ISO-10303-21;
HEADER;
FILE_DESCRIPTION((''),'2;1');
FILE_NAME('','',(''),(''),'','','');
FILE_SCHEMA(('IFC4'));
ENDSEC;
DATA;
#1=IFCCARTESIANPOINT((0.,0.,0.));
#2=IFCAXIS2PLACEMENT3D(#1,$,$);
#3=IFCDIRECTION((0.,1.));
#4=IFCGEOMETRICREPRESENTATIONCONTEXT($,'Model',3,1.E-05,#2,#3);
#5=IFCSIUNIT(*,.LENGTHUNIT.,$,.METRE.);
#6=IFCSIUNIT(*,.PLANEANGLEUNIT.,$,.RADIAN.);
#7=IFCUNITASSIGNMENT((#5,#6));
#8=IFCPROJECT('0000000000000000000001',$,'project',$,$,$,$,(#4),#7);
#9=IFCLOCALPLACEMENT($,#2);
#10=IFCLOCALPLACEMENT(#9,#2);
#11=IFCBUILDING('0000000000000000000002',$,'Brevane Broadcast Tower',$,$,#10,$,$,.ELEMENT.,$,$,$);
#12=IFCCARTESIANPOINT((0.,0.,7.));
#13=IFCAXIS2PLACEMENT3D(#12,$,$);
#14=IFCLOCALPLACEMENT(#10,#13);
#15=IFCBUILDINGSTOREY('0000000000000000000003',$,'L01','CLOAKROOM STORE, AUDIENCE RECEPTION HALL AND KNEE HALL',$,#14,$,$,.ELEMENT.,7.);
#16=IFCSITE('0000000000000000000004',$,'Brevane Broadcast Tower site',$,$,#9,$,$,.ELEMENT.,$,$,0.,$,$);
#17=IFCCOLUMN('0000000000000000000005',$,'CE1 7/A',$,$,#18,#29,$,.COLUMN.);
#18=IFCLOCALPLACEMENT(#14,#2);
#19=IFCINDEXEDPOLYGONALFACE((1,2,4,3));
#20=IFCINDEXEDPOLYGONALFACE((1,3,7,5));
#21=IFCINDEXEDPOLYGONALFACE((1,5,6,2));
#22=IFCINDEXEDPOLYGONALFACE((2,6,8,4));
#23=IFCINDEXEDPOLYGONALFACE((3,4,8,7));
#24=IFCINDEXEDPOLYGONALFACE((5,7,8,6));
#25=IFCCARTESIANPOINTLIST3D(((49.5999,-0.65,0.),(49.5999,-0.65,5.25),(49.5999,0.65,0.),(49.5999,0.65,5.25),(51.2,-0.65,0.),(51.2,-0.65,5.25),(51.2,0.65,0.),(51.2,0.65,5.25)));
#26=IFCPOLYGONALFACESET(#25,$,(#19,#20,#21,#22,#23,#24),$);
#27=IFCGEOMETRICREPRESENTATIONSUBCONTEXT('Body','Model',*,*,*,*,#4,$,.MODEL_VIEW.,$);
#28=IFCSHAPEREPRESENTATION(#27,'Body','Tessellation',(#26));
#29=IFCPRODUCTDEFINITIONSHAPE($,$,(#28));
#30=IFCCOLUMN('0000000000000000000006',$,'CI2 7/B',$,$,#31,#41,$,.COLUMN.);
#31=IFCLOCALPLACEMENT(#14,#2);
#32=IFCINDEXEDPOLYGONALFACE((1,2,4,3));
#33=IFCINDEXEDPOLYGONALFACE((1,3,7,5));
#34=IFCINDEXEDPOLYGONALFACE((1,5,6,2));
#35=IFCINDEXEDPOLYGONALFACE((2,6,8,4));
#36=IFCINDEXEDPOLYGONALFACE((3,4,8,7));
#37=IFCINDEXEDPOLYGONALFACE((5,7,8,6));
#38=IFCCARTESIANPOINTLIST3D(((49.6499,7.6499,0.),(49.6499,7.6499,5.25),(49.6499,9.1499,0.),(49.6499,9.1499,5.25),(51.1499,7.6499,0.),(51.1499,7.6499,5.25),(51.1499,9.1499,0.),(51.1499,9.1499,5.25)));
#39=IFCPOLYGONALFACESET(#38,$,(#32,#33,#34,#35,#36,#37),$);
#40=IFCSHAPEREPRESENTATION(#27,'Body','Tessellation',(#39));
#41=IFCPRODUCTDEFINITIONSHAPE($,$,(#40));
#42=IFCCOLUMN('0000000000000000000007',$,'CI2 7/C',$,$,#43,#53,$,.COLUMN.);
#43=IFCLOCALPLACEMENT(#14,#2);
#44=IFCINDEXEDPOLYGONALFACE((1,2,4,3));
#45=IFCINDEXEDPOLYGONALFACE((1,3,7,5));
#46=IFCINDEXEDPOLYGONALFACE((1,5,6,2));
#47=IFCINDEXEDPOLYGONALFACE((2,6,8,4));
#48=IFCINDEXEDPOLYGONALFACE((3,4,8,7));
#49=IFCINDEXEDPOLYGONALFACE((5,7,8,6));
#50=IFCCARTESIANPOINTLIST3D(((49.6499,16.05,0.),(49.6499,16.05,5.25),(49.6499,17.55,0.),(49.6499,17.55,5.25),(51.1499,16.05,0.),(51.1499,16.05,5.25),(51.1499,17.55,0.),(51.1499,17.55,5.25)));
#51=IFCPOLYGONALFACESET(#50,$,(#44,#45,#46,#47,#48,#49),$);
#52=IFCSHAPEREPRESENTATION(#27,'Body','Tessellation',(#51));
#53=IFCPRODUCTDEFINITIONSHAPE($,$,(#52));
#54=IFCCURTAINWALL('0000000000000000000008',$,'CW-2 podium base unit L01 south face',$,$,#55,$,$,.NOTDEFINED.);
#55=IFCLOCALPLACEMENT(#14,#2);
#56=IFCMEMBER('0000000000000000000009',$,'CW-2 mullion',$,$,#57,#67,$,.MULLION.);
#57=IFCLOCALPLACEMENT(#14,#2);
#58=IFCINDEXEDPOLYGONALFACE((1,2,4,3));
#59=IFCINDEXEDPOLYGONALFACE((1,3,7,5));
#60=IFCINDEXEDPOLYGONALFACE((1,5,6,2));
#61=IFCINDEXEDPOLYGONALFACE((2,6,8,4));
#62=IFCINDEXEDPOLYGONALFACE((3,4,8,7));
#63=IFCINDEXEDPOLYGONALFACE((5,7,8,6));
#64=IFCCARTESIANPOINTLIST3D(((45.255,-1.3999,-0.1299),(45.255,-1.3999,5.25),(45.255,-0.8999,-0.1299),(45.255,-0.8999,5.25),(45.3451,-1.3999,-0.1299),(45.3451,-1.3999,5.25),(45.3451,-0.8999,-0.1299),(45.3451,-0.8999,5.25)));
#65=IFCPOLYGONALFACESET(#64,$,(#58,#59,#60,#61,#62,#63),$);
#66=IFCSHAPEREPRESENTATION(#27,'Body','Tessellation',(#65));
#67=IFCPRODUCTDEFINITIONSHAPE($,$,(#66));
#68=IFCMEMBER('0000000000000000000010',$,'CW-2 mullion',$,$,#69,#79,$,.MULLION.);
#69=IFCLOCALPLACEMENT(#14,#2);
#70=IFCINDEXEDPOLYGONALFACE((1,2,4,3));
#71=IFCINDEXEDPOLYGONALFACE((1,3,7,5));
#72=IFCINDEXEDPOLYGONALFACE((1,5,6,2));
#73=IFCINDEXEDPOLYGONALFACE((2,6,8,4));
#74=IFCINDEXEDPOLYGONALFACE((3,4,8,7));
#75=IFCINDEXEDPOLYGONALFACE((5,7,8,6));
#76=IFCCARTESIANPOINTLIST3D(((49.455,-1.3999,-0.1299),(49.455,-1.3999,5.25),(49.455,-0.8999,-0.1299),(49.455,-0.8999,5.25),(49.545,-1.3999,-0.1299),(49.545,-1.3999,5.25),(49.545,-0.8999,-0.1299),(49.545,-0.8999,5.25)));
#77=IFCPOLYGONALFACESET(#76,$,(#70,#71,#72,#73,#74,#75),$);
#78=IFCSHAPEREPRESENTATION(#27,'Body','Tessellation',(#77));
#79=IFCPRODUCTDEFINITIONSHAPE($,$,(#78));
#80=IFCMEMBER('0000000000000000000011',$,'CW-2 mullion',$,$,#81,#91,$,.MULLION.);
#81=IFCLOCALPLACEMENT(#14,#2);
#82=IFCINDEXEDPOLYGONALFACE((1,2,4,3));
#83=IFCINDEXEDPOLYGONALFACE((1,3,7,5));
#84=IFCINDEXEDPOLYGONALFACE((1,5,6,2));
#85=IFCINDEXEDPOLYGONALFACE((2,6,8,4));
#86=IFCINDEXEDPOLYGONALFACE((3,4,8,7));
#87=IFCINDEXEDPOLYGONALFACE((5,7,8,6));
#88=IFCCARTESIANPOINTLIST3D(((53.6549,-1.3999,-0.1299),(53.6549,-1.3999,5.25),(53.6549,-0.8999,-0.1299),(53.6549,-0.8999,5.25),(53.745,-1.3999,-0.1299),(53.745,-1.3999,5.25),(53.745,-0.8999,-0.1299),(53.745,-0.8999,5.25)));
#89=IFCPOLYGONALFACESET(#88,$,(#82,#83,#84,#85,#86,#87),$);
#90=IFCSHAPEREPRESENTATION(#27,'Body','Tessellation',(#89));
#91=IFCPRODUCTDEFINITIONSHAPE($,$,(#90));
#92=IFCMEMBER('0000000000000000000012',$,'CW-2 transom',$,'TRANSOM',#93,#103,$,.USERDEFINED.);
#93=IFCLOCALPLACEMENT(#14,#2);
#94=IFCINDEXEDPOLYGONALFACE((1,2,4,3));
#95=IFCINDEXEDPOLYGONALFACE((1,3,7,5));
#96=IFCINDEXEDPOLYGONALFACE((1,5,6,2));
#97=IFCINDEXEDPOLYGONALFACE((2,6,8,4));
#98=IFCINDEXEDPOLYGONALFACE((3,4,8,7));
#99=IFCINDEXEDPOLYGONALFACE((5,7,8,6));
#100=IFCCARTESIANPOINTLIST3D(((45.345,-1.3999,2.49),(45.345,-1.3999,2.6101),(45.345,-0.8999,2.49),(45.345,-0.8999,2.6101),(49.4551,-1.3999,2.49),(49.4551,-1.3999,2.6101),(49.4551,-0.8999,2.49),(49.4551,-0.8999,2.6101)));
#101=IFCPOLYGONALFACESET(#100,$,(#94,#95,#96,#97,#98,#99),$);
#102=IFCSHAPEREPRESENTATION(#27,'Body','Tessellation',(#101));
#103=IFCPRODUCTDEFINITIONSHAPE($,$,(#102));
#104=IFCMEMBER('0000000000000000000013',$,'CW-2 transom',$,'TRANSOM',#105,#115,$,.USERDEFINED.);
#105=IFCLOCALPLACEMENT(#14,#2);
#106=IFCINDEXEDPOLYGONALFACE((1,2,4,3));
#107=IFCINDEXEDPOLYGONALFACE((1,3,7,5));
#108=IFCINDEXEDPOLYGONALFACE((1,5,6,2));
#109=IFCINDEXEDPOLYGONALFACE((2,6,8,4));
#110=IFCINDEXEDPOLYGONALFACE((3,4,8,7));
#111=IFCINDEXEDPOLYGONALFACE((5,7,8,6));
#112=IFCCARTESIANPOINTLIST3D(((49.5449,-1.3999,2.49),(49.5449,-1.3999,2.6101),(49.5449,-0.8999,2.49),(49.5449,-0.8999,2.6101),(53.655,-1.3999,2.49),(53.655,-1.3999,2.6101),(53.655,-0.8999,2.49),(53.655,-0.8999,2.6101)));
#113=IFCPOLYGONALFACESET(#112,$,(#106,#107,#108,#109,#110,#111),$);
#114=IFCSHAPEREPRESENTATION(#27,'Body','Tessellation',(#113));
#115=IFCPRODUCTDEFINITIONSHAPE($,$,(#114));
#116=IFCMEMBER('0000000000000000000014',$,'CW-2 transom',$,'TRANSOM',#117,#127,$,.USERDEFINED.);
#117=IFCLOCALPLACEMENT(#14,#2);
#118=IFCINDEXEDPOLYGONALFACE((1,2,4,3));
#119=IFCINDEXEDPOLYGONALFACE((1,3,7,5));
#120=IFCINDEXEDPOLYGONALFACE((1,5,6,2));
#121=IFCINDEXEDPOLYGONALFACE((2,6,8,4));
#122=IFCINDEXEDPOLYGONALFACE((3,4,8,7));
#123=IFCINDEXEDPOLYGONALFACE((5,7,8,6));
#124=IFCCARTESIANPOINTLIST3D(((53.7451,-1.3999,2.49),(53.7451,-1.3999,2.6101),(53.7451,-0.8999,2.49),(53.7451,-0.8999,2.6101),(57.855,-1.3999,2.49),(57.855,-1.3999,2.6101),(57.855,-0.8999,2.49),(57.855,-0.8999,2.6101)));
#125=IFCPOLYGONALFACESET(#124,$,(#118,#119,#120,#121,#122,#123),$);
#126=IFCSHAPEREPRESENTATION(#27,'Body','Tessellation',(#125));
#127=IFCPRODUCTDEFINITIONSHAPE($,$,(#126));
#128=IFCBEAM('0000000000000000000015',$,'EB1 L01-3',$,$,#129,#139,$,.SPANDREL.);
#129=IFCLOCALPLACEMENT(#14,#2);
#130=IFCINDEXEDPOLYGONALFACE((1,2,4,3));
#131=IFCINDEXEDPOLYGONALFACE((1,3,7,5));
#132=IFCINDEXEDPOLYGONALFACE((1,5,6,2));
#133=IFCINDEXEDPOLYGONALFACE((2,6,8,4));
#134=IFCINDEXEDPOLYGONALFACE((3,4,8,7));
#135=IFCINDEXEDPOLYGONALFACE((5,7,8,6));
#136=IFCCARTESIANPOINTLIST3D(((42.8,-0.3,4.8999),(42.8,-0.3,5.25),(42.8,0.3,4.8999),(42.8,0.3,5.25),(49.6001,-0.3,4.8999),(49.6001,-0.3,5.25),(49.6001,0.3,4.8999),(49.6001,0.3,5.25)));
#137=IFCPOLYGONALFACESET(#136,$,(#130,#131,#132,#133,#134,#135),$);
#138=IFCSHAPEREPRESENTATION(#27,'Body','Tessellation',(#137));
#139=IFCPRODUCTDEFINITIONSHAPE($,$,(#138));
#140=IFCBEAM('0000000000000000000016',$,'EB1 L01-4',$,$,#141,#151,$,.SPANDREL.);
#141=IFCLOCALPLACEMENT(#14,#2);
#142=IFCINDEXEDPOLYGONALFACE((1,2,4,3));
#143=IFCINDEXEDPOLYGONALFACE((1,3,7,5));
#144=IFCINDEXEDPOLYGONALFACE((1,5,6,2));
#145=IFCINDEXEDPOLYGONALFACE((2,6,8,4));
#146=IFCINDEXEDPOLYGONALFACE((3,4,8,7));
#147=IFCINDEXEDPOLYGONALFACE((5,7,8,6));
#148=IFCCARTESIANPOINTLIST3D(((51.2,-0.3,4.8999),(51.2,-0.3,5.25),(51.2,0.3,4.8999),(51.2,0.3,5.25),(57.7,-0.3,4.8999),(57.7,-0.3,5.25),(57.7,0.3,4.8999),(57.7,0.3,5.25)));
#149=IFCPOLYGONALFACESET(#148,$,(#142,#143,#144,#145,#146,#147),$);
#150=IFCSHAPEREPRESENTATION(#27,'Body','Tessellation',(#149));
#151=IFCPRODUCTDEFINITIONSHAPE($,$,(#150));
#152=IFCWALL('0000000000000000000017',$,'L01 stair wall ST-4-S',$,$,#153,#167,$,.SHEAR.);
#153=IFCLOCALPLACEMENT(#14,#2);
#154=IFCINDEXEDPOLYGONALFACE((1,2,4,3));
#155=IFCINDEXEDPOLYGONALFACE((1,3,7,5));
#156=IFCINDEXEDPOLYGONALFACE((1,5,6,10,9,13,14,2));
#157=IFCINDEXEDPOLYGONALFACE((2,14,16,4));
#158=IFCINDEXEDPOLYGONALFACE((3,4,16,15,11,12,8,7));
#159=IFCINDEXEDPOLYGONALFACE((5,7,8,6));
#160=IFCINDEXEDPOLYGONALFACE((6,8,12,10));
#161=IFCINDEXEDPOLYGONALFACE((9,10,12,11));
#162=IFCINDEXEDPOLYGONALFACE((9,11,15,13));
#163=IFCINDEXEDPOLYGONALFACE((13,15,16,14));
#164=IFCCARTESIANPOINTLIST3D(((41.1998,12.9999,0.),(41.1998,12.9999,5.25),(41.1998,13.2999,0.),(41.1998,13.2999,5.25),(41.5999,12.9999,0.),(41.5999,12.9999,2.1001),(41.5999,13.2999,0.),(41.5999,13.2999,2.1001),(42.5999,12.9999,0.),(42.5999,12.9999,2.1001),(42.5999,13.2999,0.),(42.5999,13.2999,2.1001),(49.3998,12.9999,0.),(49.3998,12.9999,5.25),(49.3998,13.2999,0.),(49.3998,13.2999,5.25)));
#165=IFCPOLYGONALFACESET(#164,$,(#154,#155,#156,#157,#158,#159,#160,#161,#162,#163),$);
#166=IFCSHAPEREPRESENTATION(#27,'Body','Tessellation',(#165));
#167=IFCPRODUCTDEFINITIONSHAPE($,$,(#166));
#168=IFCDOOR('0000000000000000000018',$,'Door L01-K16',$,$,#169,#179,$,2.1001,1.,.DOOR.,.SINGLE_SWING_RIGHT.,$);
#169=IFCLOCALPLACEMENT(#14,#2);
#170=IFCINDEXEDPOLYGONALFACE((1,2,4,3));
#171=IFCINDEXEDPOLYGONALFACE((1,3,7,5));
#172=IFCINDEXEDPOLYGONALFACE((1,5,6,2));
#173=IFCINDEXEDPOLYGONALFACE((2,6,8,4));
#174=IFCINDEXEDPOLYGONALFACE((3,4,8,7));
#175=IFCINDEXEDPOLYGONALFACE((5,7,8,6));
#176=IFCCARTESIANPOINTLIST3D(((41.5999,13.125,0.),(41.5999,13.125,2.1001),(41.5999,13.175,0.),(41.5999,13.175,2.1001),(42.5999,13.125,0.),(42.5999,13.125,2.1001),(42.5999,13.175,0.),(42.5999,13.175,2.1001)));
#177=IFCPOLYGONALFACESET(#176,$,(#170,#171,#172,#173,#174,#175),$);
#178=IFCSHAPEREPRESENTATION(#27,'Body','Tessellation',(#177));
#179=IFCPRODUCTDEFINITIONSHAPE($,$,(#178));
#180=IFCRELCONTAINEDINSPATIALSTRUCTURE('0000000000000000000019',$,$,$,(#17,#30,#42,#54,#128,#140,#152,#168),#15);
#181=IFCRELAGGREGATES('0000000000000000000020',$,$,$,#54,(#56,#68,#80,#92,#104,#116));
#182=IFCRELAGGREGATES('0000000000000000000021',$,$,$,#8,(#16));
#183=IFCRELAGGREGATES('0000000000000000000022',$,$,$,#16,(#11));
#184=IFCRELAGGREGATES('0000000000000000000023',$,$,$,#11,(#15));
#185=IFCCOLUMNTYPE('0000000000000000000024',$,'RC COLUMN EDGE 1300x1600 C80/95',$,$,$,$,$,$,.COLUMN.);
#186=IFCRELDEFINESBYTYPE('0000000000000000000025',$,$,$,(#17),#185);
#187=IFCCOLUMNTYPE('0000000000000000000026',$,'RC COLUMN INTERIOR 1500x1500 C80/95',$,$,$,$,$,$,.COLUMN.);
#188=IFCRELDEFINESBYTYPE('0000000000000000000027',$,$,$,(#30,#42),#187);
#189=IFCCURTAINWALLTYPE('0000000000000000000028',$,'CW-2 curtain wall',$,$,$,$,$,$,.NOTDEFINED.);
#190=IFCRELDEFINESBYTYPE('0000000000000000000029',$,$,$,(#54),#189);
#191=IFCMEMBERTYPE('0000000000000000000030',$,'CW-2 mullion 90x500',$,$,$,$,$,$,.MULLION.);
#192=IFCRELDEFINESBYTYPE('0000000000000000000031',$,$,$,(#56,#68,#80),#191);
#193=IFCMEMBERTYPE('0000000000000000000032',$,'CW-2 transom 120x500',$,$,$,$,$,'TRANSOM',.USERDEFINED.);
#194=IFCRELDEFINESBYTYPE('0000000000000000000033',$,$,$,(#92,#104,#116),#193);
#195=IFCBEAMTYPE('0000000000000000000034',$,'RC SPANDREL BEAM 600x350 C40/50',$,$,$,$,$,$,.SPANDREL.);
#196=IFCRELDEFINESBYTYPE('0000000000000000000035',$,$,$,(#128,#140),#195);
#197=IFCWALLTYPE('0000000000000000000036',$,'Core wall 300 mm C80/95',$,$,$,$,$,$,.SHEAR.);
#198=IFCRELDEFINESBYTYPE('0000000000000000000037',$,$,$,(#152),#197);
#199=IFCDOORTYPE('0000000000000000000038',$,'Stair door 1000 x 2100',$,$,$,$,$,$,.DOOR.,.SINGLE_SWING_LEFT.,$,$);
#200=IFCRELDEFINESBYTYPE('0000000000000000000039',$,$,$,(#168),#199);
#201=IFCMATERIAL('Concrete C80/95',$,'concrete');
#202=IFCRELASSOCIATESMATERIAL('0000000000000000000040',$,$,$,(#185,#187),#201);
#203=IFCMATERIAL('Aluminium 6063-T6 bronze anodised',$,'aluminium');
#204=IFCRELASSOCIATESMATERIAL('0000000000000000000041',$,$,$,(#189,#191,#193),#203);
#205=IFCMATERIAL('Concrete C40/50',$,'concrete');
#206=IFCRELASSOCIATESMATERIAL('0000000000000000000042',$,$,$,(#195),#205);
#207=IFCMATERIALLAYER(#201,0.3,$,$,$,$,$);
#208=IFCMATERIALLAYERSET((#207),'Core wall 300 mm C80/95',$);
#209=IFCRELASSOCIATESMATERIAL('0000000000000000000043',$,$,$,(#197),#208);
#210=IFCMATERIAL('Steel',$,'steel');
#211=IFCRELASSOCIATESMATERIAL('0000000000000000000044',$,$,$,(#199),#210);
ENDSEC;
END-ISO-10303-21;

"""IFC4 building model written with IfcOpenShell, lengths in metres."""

from ifc_helpers import new_model, si_unit, direction, frame, frame_2d, origin, origin_2d, place, context, subcontext, project, spatial, rectangle, extrude, material, layer, layer_set, material_profile, profile_set, type_object, element, fill, aggregate, save


model = new_model("IFC4")

# Units and contexts
model_context = context("Model", 3, precision=1e-05, world=origin(), true_north=direction((0.0, 1.0)))
body_context = subcontext(model_context, "Body", "Model", "MODEL_VIEW")
ifc_project = project(units=[si_unit("LENGTHUNIT", "METRE"), si_unit("PLANEANGLEUNIT", "RADIAN")], contexts=[model_context])

# Site, building, storey
site_placement = place(None, origin())
site = spatial("IfcSite", under=ifc_project, at=site_placement, Name="Brevane Broadcast Tower site", CompositionType="ELEMENT", RefElevation=0.0)
building_placement = place(site_placement, origin())
building = spatial("IfcBuilding", under=site, at=building_placement, Name="Brevane Broadcast Tower", CompositionType="ELEMENT")
storey_placement = place(building_placement, frame((0.0, 0.0, 7.0)))
storey = spatial("IfcBuildingStorey", under=building, at=storey_placement, Name="L01", Description="CLOAKROOM STORE, AUDIENCE RECEPTION HALL AND KNEE HALL", CompositionType="ELEMENT", Elevation=7.0)

# Columns
ifc_material_1 = material(Name="Concrete C80/95", Category="concrete")
ifc_material_profile_1 = material_profile(ifc_material_1, rectangle(XDim=1.3, YDim=1.6001, at=origin_2d()), Name="RC 1300x1600")
ifc_profile_set_1 = profile_set([ifc_material_profile_1], Name="Concrete C80/95")
column_type_1 = type_object("IfcColumnType", Name="RC COLUMN EDGE 1300x1600 C80/95", PredefinedType="COLUMN", material=ifc_profile_set_1)
column_placement = place(storey_placement, frame((50.3999, 0.0, 0.0), z_axis=(0.0, 0.0, 1.0), x_axis=(0.0, 1.0, 0.0)))
element("IfcColumn", 1, at=column_placement, inside=storey, type_object=column_type_1, Name="CE1 7/A", PredefinedType="COLUMN", context=body_context, shape_type="SweptSolid", body=[
    extrude(rectangle(XDim=1.3, YDim=1.6001, at=origin_2d()), origin(), (0.0, 0.0, 1.0), 5.25),
])
ifc_material_profile_2 = material_profile(ifc_material_1, rectangle(XDim=1.5, YDim=1.5, at=origin_2d()), Name="RC 1500x1500")
ifc_profile_set_2 = profile_set([ifc_material_profile_2], Name="Concrete C80/95")
column_type_2 = type_object("IfcColumnType", Name="RC COLUMN INTERIOR 1500x1500 C80/95", PredefinedType="COLUMN", material=ifc_profile_set_2)
for number, where, z_axis, x_axis, name in (
    (2, (50.3999, 8.3999, 0.0), (0.0, 0.0, 1.0), (1.0, 0.0, 0.0), "CI2 7/B"),
    (3, (50.3999, 16.8, 0.0), (0.0, 0.0, 1.0), (1.0, 0.0, 0.0), "CI2 7/C"),
):
    element("IfcColumn", number, at=place(storey_placement, frame(where, z_axis=z_axis, x_axis=x_axis)), inside=storey, type_object=column_type_2, Name=name, PredefinedType="COLUMN", context=body_context, shape_type="SweptSolid", body=[
        extrude(rectangle(XDim=1.5, YDim=1.5, at=origin_2d()), origin(), (0.0, 0.0, 1.0), 5.25),
    ])

# Curtain wall, members
ifc_material_2 = material(Name="Aluminium 6063-T6 bronze anodised", Category="aluminium")
curtain_wall_type = type_object("IfcCurtainWallType", Name="CW-2 curtain wall", PredefinedType="NOTDEFINED", material=ifc_material_2)
curtain_wall_placement = place(storey_placement, origin())
curtain_wall = element("IfcCurtainWall", 4, at=curtain_wall_placement, inside=storey, type_object=curtain_wall_type, Name="CW-2 podium base unit L01 south face", PredefinedType="NOTDEFINED")
ifc_material_profile_3 = material_profile(ifc_material_2, rectangle(XDim=0.5, YDim=0.0901, at=origin_2d()), Name="RECT 90x500")
ifc_profile_set_3 = profile_set([ifc_material_profile_3], Name="Aluminium 6063-T6 bronze anodised")
member_type_1 = type_object("IfcMemberType", Name="CW-2 mullion 90x500", PredefinedType="MULLION", material=ifc_profile_set_3)
member_1_placement = place(storey_placement, frame((45.3, -1.1499, -0.1299), z_axis=(0.0, 0.0, 1.0), x_axis=(0.0, 1.0, 0.0)))
member_1 = element("IfcMember", 5, at=member_1_placement, type_object=member_type_1, Name="CW-2 mullion", PredefinedType="MULLION", context=body_context, shape_type="SweptSolid", body=[
    extrude(rectangle(XDim=0.5, YDim=0.0901, at=origin_2d()), origin(), (0.0, 0.0, 1.0), 5.3799),
])
member_2_placement = place(storey_placement, frame((49.5, -1.1499, -0.1299), z_axis=(0.0, 0.0, 1.0), x_axis=(0.0, 1.0, 0.0)))
member_2 = element("IfcMember", 6, at=member_2_placement, type_object=member_type_1, Name="CW-2 mullion", PredefinedType="MULLION", context=body_context, shape_type="SweptSolid", body=[
    extrude(rectangle(XDim=0.5, YDim=0.0901, at=origin_2d()), origin(), (0.0, 0.0, 1.0), 5.3799),
])
member_3_placement = place(storey_placement, frame((53.7, -1.1499, -0.1299), z_axis=(0.0, 0.0, 1.0), x_axis=(0.0, 1.0, 0.0)))
member_3 = element("IfcMember", 7, at=member_3_placement, type_object=member_type_1, Name="CW-2 mullion", PredefinedType="MULLION", context=body_context, shape_type="SweptSolid", body=[
    extrude(rectangle(XDim=0.5, YDim=0.0901, at=origin_2d()), origin(), (0.0, 0.0, 1.0), 5.3799),
])
ifc_material_profile_4 = material_profile(ifc_material_2, rectangle(XDim=0.5, YDim=0.1201, at=origin_2d()), Name="RECT 120x500")
ifc_profile_set_4 = profile_set([ifc_material_profile_4], Name="Aluminium 6063-T6 bronze anodised")
member_type_2 = type_object("IfcMemberType", Name="CW-2 transom 120x500", ElementType="TRANSOM", PredefinedType="USERDEFINED", material=ifc_profile_set_4)
member_4_placement = place(storey_placement, frame((45.345, -1.1499, 2.55), z_axis=(1.0, 0.0, 0.0), x_axis=(0.0, 1.0, 0.0)))
member_4 = element("IfcMember", 8, at=member_4_placement, type_object=member_type_2, Name="CW-2 transom", ObjectType="TRANSOM", PredefinedType="USERDEFINED", context=body_context, shape_type="SweptSolid", body=[
    extrude(rectangle(XDim=0.5, YDim=0.1201, at=origin_2d()), origin(), (0.0, 0.0, 1.0), 4.1101),
])
member_5_placement = place(storey_placement, frame((49.5449, -1.1499, 2.55), z_axis=(1.0, 0.0, 0.0), x_axis=(0.0, 1.0, 0.0)))
member_5 = element("IfcMember", 9, at=member_5_placement, type_object=member_type_2, Name="CW-2 transom", ObjectType="TRANSOM", PredefinedType="USERDEFINED", context=body_context, shape_type="SweptSolid", body=[
    extrude(rectangle(XDim=0.5, YDim=0.1201, at=origin_2d()), origin(), (0.0, 0.0, 1.0), 4.1101),
])
member_6_placement = place(storey_placement, frame((53.7451, -1.1499, 2.55), z_axis=(1.0, 0.0, 0.0), x_axis=(0.0, 1.0, 0.0)))
member_6 = element("IfcMember", 10, at=member_6_placement, type_object=member_type_2, Name="CW-2 transom", ObjectType="TRANSOM", PredefinedType="USERDEFINED", context=body_context, shape_type="SweptSolid", body=[
    extrude(rectangle(XDim=0.5, YDim=0.1201, at=origin_2d()), origin(), (0.0, 0.0, 1.0), 4.1099),
])
aggregate(curtain_wall, [member_1, member_2, member_3, member_4, member_5, member_6])

# Beams
ifc_material_3 = material(Name="Concrete C40/50", Category="concrete")
ifc_material_profile_5 = material_profile(ifc_material_3, rectangle(XDim=0.6001, YDim=0.3501, at=origin_2d()), Name="RC 600x350")
ifc_profile_set_5 = profile_set([ifc_material_profile_5], Name="Concrete C40/50")
beam_type = type_object("IfcBeamType", Name="RC SPANDREL BEAM 600x350 C40/50", PredefinedType="SPANDREL", material=ifc_profile_set_5)
beam_1_placement = place(storey_placement, frame((42.8, 0.0, 5.075), z_axis=(1.0, 0.0, 0.0), x_axis=(0.0, 1.0, 0.0)))
element("IfcBeam", 11, at=beam_1_placement, inside=storey, type_object=beam_type, Name="EB1 L01-3", PredefinedType="SPANDREL", context=body_context, shape_type="SweptSolid", body=[
    extrude(rectangle(XDim=0.6001, YDim=0.3501, at=origin_2d()), origin(), (0.0, 0.0, 1.0), 6.8),
])
beam_2_placement = place(storey_placement, frame((51.2, 0.0, 5.075), z_axis=(1.0, 0.0, 0.0), x_axis=(0.0, 1.0, 0.0)))
element("IfcBeam", 12, at=beam_2_placement, inside=storey, type_object=beam_type, Name="EB1 L01-4", PredefinedType="SPANDREL", context=body_context, shape_type="SweptSolid", body=[
    extrude(rectangle(XDim=0.6001, YDim=0.3501, at=origin_2d()), origin(), (0.0, 0.0, 1.0), 6.5),
])

# Wall, opening, door
ifc_layer_1 = layer(ifc_material_1, 0.3)
ifc_layer_set_1 = layer_set([ifc_layer_1], Name="Core wall 300 mm C80/95")
wall_type_1 = type_object("IfcWallType", Name="Core wall 300 mm C80/95", PredefinedType="SHEAR", material=ifc_layer_set_1)
wall_1_placement = place(storey_placement, frame((49.3999, 13.1499, 0.0), z_axis=(0.0, 0.0, 1.0), x_axis=(-1.0, 0.0, 0.0)))
wall_1 = element("IfcWall", 13, at=wall_1_placement, inside=storey, type_object=wall_type_1, Name="L01 stair wall ST-4-S", PredefinedType="SHEAR", context=body_context, shape_type="SweptSolid", body=[
    extrude(rectangle(XDim=8.2, YDim=0.3, at=frame_2d((4.1001, 0.0))), origin(), (0.0, 0.0, 1.0), 5.25),
])
opening_1_placement = place(wall_1_placement, frame((6.8, 0.0, 0.0)))
opening_1 = element("IfcOpeningElement", 14, at=opening_1_placement, cuts=wall_1, PredefinedType="OPENING", context=body_context, shape_type="SweptSolid", body=[
    extrude(rectangle(XDim=1.0, YDim=2.1001, at=frame_2d((0.5, 1.05))), frame((0.0, 0.1599, 0.0), z_axis=(0.0, -1.0, 0.0), x_axis=(1.0, 0.0, 0.0)), (0.0, 0.0, 1.0), 0.3201),
])
ifc_material_4 = material(Name="Steel", Category="steel")
door_type_1 = type_object("IfcDoorType", Name="Stair door 1000 x 2100", OperationType="SINGLE_SWING_LEFT", PredefinedType="DOOR", material=ifc_material_4)
door_1_placement = place(opening_1_placement, origin())
door_1 = element("IfcDoor", 15, at=door_1_placement, inside=storey, type_object=door_type_1, Name="Door L01-K16", OperationType="SINGLE_SWING_RIGHT", OverallHeight=2.1001, OverallWidth=1.0, PredefinedType="DOOR", context=body_context, shape_type="SweptSolid", body=[
    extrude(rectangle(XDim=1.0, YDim=2.1001, at=frame_2d((0.5, 1.05))), frame((0.0, 0.0249, 0.0), z_axis=(0.0, -1.0, 0.0), x_axis=(1.0, 0.0, 0.0)), (0.0, 0.0, 1.0), 0.05),
])
fill(opening_1, door_1)

save(model, "model.ifc")
